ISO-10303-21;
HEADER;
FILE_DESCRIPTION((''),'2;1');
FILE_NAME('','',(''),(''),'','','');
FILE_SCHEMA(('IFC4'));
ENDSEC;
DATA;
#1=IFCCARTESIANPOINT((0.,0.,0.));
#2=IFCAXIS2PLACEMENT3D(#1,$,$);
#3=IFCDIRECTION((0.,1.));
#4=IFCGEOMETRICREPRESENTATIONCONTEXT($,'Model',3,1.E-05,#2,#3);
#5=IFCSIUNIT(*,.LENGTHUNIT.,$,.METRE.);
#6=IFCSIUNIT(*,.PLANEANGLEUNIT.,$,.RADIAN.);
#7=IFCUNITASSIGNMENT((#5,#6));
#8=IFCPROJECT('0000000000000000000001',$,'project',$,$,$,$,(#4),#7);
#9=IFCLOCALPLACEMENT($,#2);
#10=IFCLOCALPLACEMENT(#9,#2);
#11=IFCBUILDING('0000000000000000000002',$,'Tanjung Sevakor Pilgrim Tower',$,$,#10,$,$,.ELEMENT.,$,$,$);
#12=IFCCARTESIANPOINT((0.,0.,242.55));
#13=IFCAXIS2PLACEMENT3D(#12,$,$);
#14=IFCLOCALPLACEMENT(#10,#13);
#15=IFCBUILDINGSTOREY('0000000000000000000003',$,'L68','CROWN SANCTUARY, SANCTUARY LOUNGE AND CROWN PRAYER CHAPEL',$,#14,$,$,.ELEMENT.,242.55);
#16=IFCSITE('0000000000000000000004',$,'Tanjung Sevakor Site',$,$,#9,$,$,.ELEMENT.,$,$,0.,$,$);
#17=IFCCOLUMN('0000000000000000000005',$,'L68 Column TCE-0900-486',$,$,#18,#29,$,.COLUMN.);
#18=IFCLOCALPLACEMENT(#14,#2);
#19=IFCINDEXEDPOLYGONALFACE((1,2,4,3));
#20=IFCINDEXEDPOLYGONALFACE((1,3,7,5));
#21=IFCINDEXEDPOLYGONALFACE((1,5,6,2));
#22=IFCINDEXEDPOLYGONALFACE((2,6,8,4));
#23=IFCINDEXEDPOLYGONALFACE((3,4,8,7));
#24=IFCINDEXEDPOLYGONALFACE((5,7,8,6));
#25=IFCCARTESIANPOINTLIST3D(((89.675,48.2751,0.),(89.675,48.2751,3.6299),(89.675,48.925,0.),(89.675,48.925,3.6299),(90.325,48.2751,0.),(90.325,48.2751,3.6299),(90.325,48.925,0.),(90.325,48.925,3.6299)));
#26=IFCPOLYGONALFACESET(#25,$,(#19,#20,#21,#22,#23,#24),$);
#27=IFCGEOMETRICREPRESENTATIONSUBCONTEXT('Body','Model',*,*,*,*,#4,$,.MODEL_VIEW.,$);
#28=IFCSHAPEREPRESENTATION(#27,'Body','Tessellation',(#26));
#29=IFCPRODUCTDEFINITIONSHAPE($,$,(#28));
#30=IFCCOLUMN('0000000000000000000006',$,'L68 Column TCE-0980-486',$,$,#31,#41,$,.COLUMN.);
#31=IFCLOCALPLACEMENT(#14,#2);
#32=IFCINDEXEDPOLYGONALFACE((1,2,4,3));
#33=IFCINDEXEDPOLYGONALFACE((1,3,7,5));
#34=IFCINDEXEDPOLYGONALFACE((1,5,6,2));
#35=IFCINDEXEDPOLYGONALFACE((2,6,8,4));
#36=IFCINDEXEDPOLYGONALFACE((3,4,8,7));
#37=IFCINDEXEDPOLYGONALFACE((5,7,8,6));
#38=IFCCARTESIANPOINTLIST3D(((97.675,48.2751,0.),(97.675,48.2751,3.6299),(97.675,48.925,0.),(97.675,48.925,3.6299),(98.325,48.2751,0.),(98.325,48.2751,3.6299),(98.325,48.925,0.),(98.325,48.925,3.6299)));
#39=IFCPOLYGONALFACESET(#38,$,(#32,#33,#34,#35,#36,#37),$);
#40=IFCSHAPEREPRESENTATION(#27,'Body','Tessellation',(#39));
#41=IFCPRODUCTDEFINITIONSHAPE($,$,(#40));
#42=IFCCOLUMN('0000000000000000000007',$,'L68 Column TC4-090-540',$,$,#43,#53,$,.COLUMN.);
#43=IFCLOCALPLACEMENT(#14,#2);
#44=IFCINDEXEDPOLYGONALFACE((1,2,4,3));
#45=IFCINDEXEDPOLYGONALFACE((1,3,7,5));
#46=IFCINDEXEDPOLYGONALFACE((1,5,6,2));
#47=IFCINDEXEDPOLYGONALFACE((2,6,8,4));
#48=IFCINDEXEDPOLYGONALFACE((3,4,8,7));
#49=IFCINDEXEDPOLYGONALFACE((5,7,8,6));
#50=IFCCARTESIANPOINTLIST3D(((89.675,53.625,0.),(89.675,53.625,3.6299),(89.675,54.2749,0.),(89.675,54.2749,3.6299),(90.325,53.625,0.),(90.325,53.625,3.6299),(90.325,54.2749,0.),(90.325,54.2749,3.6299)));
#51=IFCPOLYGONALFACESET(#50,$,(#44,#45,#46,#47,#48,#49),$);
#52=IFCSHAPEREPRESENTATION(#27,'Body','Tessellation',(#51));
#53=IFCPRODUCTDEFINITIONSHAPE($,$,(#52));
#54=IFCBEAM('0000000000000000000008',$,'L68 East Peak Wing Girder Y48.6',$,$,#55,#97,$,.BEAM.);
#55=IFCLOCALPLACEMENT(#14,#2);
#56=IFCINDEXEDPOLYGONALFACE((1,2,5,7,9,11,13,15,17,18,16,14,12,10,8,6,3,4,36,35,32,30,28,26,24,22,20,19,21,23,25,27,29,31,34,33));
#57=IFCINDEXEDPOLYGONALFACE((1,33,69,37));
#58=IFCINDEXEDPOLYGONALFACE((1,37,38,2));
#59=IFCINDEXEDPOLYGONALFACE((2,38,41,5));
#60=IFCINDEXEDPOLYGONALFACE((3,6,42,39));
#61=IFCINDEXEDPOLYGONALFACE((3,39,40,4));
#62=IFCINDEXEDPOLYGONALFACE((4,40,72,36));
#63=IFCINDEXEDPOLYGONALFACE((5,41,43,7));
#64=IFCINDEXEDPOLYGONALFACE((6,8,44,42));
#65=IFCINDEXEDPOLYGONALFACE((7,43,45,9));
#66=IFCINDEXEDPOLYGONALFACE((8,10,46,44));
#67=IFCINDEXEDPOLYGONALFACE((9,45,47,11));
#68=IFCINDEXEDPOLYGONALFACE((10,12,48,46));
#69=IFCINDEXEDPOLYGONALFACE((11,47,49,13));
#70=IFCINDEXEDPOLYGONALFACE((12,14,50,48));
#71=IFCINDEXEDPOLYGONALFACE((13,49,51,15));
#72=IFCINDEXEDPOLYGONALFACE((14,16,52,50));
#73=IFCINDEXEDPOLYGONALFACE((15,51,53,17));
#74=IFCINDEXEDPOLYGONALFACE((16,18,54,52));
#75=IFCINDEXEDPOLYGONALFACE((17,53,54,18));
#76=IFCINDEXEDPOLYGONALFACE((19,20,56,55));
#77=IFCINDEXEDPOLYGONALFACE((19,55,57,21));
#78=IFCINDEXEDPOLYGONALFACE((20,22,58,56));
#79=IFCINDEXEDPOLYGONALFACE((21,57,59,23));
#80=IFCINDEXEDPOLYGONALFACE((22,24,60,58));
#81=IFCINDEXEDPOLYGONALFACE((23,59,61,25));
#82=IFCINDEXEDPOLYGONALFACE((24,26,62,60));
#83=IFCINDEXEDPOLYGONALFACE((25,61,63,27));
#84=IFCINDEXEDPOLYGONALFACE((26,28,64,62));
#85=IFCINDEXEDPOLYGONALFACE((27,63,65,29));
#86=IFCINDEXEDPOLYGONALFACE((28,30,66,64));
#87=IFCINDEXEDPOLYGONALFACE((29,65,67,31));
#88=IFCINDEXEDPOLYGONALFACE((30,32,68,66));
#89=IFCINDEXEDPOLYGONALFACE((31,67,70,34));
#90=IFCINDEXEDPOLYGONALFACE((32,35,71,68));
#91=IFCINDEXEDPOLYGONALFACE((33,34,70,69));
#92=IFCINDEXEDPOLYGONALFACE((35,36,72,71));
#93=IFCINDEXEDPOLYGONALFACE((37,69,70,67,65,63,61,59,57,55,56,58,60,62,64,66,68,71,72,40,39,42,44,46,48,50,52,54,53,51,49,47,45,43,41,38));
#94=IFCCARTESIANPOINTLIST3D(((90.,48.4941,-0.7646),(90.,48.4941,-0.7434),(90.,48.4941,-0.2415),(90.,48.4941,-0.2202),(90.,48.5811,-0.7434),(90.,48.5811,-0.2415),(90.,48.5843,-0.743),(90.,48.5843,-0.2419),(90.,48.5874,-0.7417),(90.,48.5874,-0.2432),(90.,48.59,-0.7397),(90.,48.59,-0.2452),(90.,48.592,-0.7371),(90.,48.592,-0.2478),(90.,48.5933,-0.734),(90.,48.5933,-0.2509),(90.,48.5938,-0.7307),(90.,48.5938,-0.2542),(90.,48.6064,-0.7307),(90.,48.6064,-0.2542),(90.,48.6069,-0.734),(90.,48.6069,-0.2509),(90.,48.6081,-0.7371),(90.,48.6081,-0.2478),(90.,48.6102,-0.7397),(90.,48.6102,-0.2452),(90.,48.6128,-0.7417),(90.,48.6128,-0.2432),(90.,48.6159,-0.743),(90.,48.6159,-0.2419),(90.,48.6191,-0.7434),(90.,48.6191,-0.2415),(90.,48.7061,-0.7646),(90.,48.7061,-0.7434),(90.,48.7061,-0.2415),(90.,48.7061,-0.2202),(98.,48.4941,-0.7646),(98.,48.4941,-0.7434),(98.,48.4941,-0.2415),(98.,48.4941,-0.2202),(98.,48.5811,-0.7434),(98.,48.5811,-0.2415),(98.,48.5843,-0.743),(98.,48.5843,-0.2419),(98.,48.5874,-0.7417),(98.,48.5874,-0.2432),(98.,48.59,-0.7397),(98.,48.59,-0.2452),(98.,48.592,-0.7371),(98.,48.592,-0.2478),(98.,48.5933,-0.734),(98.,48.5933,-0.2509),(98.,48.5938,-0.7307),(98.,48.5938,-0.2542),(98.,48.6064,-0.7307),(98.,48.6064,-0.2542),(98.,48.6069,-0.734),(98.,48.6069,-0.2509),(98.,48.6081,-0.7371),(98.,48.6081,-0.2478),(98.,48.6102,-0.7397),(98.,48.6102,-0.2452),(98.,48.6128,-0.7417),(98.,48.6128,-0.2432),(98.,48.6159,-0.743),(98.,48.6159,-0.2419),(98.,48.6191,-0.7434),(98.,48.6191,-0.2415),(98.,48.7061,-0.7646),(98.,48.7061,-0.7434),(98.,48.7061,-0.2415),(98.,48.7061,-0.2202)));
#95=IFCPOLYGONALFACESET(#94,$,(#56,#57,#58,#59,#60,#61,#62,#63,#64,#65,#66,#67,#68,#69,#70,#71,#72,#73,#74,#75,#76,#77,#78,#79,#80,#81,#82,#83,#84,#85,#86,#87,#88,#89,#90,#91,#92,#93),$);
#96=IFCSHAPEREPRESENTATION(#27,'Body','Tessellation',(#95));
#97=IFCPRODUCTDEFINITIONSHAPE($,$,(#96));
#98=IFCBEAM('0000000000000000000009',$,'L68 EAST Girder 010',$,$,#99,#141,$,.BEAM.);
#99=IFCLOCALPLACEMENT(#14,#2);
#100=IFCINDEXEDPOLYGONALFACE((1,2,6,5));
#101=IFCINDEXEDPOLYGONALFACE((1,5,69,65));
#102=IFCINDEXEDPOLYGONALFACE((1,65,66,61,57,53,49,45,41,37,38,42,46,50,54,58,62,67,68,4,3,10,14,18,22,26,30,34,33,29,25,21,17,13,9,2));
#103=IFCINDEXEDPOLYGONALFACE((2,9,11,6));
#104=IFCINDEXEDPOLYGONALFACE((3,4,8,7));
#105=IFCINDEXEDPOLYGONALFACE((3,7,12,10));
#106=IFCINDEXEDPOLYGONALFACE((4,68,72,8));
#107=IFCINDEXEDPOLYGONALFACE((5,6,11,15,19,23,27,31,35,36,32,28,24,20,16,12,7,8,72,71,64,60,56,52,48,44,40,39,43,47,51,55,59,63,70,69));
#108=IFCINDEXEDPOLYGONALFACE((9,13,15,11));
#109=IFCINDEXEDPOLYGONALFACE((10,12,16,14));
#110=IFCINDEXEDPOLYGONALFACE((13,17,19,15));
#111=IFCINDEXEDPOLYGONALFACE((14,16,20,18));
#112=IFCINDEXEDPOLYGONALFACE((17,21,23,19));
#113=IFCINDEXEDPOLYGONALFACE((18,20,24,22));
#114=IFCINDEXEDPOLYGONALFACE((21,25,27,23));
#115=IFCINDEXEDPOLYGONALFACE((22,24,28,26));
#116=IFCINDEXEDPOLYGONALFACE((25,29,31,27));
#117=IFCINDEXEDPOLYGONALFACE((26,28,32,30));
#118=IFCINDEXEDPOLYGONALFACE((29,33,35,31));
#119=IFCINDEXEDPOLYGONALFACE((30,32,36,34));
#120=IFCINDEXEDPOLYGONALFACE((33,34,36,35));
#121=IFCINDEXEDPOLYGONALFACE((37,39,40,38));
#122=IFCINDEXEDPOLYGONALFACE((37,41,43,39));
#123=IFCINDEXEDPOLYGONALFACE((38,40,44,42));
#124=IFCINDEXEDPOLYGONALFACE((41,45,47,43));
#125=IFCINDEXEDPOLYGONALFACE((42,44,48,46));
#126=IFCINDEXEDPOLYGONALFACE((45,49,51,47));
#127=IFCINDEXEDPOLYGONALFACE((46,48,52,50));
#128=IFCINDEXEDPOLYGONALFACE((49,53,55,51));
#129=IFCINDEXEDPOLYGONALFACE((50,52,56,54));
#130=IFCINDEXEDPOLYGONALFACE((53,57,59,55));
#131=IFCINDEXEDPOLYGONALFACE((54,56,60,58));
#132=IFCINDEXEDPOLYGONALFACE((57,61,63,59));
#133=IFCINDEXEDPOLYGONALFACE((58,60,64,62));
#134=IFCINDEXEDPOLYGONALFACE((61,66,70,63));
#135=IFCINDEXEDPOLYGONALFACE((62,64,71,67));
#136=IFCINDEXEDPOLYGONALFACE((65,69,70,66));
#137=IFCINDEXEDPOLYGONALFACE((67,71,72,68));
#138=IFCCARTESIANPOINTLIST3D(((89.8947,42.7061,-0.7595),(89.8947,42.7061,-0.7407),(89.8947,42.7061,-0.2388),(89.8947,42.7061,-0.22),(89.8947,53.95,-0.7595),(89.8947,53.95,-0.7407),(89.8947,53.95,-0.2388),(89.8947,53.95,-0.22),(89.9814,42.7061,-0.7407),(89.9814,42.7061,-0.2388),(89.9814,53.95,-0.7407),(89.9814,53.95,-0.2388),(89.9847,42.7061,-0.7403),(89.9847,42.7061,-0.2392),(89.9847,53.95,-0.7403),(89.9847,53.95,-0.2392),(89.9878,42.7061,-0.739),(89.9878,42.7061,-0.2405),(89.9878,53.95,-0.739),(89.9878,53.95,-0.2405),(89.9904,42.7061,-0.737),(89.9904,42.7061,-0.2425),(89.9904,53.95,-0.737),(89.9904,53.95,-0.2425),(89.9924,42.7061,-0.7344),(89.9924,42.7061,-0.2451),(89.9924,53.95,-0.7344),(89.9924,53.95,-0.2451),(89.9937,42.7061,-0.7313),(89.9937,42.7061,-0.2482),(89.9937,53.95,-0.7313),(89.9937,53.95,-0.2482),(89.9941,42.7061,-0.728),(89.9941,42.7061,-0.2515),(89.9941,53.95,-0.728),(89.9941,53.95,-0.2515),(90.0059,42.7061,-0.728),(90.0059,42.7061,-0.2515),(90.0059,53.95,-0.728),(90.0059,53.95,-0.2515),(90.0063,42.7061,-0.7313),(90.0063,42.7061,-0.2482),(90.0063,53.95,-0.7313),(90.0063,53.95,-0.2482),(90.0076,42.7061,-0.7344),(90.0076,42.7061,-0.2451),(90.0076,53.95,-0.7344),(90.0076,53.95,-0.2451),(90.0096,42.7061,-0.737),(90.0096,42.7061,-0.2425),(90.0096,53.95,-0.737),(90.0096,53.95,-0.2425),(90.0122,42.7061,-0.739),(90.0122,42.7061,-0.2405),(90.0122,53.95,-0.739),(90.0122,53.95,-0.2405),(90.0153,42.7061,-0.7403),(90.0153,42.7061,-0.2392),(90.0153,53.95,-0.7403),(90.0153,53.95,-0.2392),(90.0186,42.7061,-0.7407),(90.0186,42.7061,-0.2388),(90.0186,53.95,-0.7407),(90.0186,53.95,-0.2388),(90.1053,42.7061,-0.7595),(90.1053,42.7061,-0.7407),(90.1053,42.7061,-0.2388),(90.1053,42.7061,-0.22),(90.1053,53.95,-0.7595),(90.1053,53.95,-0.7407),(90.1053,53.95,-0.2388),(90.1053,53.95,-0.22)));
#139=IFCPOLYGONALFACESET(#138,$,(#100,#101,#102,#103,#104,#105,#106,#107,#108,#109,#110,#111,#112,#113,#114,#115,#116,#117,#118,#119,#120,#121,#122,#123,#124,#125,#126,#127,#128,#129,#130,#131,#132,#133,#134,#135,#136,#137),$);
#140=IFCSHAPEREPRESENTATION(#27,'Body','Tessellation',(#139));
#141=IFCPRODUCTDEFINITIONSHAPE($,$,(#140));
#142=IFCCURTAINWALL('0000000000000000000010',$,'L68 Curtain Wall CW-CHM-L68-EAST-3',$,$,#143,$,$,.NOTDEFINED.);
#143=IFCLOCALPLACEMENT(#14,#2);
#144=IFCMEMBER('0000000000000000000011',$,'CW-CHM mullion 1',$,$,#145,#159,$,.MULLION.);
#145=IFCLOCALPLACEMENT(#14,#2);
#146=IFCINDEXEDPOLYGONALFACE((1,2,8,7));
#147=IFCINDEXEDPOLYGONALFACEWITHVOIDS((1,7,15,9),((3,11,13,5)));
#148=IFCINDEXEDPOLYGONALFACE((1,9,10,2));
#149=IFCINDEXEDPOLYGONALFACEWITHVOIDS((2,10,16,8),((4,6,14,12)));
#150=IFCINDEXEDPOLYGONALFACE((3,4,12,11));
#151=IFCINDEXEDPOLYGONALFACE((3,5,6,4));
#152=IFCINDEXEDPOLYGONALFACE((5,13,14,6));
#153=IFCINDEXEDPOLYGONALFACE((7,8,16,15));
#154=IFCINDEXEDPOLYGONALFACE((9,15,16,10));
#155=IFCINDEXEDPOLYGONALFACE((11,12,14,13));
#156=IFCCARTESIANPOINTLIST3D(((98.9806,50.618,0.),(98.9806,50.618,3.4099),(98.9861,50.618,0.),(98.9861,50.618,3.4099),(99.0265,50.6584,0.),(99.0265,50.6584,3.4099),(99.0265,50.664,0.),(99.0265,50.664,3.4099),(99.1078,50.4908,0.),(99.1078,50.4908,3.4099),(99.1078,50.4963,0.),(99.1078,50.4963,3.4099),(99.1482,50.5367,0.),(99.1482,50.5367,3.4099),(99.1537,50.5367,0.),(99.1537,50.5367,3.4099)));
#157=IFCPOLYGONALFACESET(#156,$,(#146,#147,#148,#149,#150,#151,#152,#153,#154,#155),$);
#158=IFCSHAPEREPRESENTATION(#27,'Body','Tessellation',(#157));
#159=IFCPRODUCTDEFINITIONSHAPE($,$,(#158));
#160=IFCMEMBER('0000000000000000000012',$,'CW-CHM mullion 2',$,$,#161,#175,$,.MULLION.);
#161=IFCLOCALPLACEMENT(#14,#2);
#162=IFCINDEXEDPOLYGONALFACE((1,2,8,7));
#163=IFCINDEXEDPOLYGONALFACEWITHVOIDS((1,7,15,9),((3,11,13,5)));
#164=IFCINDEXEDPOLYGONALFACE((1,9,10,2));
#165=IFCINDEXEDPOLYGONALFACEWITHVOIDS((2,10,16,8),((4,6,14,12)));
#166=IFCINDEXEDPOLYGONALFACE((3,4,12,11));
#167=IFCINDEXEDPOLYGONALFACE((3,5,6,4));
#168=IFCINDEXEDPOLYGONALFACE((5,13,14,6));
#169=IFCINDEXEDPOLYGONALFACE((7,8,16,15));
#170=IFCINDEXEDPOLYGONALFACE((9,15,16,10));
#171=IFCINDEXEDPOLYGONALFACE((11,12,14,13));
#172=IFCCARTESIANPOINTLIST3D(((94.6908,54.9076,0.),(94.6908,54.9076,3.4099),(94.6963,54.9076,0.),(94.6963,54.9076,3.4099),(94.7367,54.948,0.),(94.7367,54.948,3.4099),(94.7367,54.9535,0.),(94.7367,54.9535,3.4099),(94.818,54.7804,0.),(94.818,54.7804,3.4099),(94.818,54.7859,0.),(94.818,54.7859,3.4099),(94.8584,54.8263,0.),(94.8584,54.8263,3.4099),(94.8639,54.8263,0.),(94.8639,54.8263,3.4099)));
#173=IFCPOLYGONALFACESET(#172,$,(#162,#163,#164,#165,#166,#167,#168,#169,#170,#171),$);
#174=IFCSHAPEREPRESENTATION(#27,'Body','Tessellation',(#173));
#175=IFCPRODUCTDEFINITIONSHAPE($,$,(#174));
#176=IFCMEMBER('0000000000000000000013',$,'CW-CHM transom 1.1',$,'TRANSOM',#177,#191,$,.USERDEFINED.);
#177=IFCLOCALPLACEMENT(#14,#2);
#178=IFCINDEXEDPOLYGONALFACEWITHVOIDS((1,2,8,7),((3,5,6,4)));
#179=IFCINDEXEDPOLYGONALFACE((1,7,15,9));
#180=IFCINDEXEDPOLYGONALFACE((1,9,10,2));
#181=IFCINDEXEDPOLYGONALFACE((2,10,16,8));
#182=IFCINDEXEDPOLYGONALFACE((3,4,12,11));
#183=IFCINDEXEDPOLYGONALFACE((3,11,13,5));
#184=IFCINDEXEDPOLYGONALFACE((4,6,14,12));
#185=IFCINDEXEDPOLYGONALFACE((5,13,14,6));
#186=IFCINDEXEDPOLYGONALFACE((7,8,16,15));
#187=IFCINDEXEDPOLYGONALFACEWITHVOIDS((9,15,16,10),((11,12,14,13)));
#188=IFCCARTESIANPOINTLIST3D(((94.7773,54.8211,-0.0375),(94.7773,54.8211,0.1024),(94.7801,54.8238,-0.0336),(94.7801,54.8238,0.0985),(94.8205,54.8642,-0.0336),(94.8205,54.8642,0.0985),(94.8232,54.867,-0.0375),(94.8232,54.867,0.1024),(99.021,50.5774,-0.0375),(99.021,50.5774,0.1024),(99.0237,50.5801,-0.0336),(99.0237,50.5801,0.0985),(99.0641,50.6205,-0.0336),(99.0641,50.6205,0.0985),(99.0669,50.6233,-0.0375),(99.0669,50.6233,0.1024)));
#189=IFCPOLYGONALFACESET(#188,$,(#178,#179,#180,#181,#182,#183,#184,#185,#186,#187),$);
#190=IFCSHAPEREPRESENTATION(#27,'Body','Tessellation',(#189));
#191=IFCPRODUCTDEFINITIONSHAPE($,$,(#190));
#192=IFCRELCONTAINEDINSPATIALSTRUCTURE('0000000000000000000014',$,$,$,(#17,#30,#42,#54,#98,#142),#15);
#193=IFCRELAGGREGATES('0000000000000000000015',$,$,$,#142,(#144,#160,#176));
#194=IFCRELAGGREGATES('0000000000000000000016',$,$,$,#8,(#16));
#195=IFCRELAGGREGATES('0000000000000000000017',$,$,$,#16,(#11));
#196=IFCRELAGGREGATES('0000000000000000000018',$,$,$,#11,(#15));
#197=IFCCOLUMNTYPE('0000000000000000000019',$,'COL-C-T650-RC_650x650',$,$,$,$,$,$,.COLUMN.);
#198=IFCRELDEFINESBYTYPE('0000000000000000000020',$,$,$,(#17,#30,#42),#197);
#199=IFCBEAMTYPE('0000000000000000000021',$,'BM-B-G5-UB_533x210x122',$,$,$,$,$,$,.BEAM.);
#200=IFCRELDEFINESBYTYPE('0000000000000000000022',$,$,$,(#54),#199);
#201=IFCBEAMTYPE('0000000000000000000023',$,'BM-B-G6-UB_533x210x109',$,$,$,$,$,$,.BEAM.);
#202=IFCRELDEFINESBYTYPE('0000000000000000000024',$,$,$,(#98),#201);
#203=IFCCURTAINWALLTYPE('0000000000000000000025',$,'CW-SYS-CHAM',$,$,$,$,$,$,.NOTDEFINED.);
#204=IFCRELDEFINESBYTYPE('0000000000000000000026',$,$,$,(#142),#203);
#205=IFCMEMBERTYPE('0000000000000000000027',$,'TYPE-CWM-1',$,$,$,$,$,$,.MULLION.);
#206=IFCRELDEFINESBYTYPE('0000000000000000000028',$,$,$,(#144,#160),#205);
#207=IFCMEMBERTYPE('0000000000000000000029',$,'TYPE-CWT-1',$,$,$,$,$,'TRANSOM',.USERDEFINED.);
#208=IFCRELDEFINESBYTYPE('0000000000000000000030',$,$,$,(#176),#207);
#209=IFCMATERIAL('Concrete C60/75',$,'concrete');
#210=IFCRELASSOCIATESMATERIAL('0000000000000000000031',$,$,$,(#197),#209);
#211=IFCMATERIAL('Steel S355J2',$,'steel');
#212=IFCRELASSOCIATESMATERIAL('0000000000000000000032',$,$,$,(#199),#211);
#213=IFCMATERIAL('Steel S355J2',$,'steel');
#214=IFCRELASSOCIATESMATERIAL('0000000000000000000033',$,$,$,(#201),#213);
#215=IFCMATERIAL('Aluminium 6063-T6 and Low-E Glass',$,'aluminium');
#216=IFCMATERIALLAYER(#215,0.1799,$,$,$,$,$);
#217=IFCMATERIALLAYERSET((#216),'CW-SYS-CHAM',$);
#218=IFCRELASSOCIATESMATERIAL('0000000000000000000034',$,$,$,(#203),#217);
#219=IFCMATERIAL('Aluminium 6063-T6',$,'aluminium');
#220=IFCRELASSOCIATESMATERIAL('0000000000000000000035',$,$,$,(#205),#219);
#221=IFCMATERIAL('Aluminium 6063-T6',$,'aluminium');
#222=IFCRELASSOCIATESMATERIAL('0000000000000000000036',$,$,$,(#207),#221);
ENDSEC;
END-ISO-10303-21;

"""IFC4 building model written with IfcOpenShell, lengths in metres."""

from ifc_helpers import new_model, si_unit, direction, frame, origin, origin_2d, place, context, subcontext, project, spatial, rectangle, hollow_rectangle, i_section, extrude, material, layer, layer_set, material_profile, profile_set, type_object, element, aggregate, save


model = new_model("IFC4")

# Units and contexts
model_context = context("Model", 3, precision=1e-05, world=origin(), true_north=direction((0.0, 1.0)))
body_context = subcontext(model_context, "Body", "Model", "MODEL_VIEW")
ifc_project = project(units=[si_unit("LENGTHUNIT", "METRE"), si_unit("PLANEANGLEUNIT", "RADIAN")], contexts=[model_context])

# Site, building, storey
site_placement = place(None, origin())
site = spatial("IfcSite", under=ifc_project, at=site_placement, Name="Tanjung Sevakor Site", CompositionType="ELEMENT", RefElevation=0.0)
building_placement = place(site_placement, origin())
building = spatial("IfcBuilding", under=site, at=building_placement, Name="Tanjung Sevakor Pilgrim Tower", CompositionType="ELEMENT")
storey_placement = place(building_placement, frame((0.0, 0.0, 242.55)))
storey = spatial("IfcBuildingStorey", under=building, at=storey_placement, Name="L68", Description="CROWN SANCTUARY, SANCTUARY LOUNGE AND CROWN PRAYER CHAPEL", CompositionType="ELEMENT", Elevation=242.55)

# Columns
ifc_material_1 = material(Name="Concrete C60/75", Category="concrete")
ifc_material_profile_1 = material_profile(ifc_material_1, rectangle(XDim=0.6499, YDim=0.6499, at=origin_2d()))
ifc_profile_set_1 = profile_set([ifc_material_profile_1], Name="Concrete C60/75")
column_type = type_object("IfcColumnType", Name="COL-C-T650-RC_650x650", PredefinedType="COLUMN", material=ifc_profile_set_1)
for number, where, z_axis, x_axis, name in (
    (1, (90.0, 48.6001, 0.0), (0.0, 0.0, 1.0), (1.0, 0.0, 0.0), "L68 Column TCE-0900-486"),
    (2, (98.0, 48.6001, 0.0), (0.0, 0.0, 1.0), (1.0, 0.0, 0.0), "L68 Column TCE-0980-486"),
    (3, (90.0, 53.95, 0.0), (0.0, 0.0, 1.0), (1.0, 0.0, 0.0), "L68 Column TC4-090-540"),
):
    element("IfcColumn", number, at=place(storey_placement, frame(where, z_axis=z_axis, x_axis=x_axis)), inside=storey, type_object=column_type, Name=name, PredefinedType="COLUMN", context=body_context, shape_type="SweptSolid", body=[
        extrude(rectangle(XDim=0.6499, YDim=0.6499, at=origin_2d()), origin(), (0.0, 0.0, 1.0), 3.6299),
    ])

# Beams
ifc_material_2 = material(Name="Steel S355J2", Category="steel")
ifc_material_profile_2 = material_profile(ifc_material_2, i_section(OverallWidth=0.2119, OverallDepth=0.5444, WebThickness=0.0127, FlangeThickness=0.0212, FilletRadius=0.0127, at=origin_2d()))
ifc_profile_set_2 = profile_set([ifc_material_profile_2], Name="Steel S355J2")
beam_type_1 = type_object("IfcBeamType", Name="BM-B-G5-UB_533x210x122", PredefinedType="BEAM", material=ifc_profile_set_2)
beam_1_placement = place(storey_placement, frame((90.0, 48.6001, -0.4924), z_axis=(1.0, 0.0, 0.0), x_axis=(0.0, 1.0, 0.0)))
element("IfcBeam", 4, at=beam_1_placement, inside=storey, type_object=beam_type_1, Name="L68 East Peak Wing Girder Y48.6", PredefinedType="BEAM", context=body_context, shape_type="SweptSolid", body=[
    extrude(i_section(OverallWidth=0.2119, OverallDepth=0.5444, WebThickness=0.0127, FlangeThickness=0.0212, FilletRadius=0.0127, at=origin_2d()), origin(), (0.0, 0.0, 1.0), 8.0),
])
ifc_material_3 = material(Name="Steel S355J2", Category="steel")
ifc_material_profile_3 = material_profile(ifc_material_3, i_section(OverallWidth=0.2107, OverallDepth=0.5396, WebThickness=0.0117, FlangeThickness=0.0188, FilletRadius=0.0127, at=origin_2d()))
ifc_profile_set_3 = profile_set([ifc_material_profile_3], Name="Steel S355J2")
beam_type_2 = type_object("IfcBeamType", Name="BM-B-G6-UB_533x210x109", PredefinedType="BEAM", material=ifc_profile_set_3)
beam_2_placement = place(storey_placement, frame((90.0, 42.7061, -0.4897), z_axis=(0.0, 1.0, 0.0), x_axis=(-1.0, 0.0, 0.0)))
element("IfcBeam", 5, at=beam_2_placement, inside=storey, type_object=beam_type_2, Name="L68 EAST Girder 010", PredefinedType="BEAM", context=body_context, shape_type="SweptSolid", body=[
    extrude(i_section(OverallWidth=0.2107, OverallDepth=0.5396, WebThickness=0.0117, FlangeThickness=0.0188, FilletRadius=0.0127, at=origin_2d()), origin(), (0.0, 0.0, 1.0), 11.2439),
])

# Curtain wall, members
ifc_material_4 = material(Name="Aluminium 6063-T6 and Low-E Glass", Category="aluminium")
ifc_layer_1 = layer(ifc_material_4, 0.1799)
ifc_layer_set_1 = layer_set([ifc_layer_1], Name="CW-SYS-CHAM")
curtain_wall_type = type_object("IfcCurtainWallType", Name="CW-SYS-CHAM", PredefinedType="NOTDEFINED", material=ifc_layer_set_1)
curtain_wall_placement = place(storey_placement, origin())
curtain_wall = element("IfcCurtainWall", 6, at=curtain_wall_placement, inside=storey, type_object=curtain_wall_type, Name="L68 Curtain Wall CW-CHM-L68-EAST-3", PredefinedType="NOTDEFINED")
ifc_material_5 = material(Name="Aluminium 6063-T6", Category="aluminium")
ifc_material_profile_4 = material_profile(ifc_material_5, hollow_rectangle(XDim=0.0649, YDim=0.1799, WallThickness=0.0039, at=origin_2d()))
ifc_profile_set_4 = profile_set([ifc_material_profile_4], Name="Aluminium 6063-T6")
member_type_1 = type_object("IfcMemberType", Name="TYPE-CWM-1", PredefinedType="MULLION", material=ifc_profile_set_4)
member_1_placement = place(storey_placement, frame((99.0671, 50.5774, 0.0), z_axis=(0.0, 0.0, 1.0), x_axis=(-0.707107, -0.707107, 0.0)))
member_1 = element("IfcMember", 7, at=member_1_placement, type_object=member_type_1, Name="CW-CHM mullion 1", PredefinedType="MULLION", context=body_context, shape_type="SweptSolid", body=[
    extrude(hollow_rectangle(XDim=0.0649, YDim=0.1799, WallThickness=0.0039, at=origin_2d()), origin(), (0.0, 0.0, 1.0), 3.4099),
])
member_2_placement = place(storey_placement, frame((94.7773, 54.8669, 0.0), z_axis=(0.0, 0.0, 1.0), x_axis=(-0.707107, -0.707107, 0.0)))
member_2 = element("IfcMember", 8, at=member_2_placement, type_object=member_type_1, Name="CW-CHM mullion 2", PredefinedType="MULLION", context=body_context, shape_type="SweptSolid", body=[
    extrude(hollow_rectangle(XDim=0.0649, YDim=0.1799, WallThickness=0.0039, at=origin_2d()), origin(), (0.0, 0.0, 1.0), 3.4099),
])
ifc_material_6 = material(Name="Aluminium 6063-T6", Category="aluminium")
ifc_material_profile_5 = material_profile(ifc_material_6, hollow_rectangle(XDim=0.0649, YDim=0.1399, WallThickness=0.0039, at=origin_2d()))
ifc_profile_set_5 = profile_set([ifc_material_profile_5], Name="Aluminium 6063-T6")
member_type_2 = type_object("IfcMemberType", Name="TYPE-CWT-1", ElementType="TRANSOM", PredefinedType="USERDEFINED", material=ifc_profile_set_5)
member_3_placement = place(storey_placement, frame((99.0439, 50.6003, 0.0325), z_axis=(-0.707107, 0.707107, 0.0), x_axis=(-0.707107, -0.707107, 0.0)))
member_3 = element("IfcMember", 9, at=member_3_placement, type_object=member_type_2, Name="CW-CHM transom 1.1", ObjectType="TRANSOM", PredefinedType="USERDEFINED", context=body_context, shape_type="SweptSolid", body=[
    extrude(hollow_rectangle(XDim=0.0649, YDim=0.1399, WallThickness=0.0039, at=origin_2d()), origin(), (0.0, 0.0, 1.0), 6.0015),
])
aggregate(curtain_wall, [member_1, member_2, member_3])

save(model, "model.ifc")
